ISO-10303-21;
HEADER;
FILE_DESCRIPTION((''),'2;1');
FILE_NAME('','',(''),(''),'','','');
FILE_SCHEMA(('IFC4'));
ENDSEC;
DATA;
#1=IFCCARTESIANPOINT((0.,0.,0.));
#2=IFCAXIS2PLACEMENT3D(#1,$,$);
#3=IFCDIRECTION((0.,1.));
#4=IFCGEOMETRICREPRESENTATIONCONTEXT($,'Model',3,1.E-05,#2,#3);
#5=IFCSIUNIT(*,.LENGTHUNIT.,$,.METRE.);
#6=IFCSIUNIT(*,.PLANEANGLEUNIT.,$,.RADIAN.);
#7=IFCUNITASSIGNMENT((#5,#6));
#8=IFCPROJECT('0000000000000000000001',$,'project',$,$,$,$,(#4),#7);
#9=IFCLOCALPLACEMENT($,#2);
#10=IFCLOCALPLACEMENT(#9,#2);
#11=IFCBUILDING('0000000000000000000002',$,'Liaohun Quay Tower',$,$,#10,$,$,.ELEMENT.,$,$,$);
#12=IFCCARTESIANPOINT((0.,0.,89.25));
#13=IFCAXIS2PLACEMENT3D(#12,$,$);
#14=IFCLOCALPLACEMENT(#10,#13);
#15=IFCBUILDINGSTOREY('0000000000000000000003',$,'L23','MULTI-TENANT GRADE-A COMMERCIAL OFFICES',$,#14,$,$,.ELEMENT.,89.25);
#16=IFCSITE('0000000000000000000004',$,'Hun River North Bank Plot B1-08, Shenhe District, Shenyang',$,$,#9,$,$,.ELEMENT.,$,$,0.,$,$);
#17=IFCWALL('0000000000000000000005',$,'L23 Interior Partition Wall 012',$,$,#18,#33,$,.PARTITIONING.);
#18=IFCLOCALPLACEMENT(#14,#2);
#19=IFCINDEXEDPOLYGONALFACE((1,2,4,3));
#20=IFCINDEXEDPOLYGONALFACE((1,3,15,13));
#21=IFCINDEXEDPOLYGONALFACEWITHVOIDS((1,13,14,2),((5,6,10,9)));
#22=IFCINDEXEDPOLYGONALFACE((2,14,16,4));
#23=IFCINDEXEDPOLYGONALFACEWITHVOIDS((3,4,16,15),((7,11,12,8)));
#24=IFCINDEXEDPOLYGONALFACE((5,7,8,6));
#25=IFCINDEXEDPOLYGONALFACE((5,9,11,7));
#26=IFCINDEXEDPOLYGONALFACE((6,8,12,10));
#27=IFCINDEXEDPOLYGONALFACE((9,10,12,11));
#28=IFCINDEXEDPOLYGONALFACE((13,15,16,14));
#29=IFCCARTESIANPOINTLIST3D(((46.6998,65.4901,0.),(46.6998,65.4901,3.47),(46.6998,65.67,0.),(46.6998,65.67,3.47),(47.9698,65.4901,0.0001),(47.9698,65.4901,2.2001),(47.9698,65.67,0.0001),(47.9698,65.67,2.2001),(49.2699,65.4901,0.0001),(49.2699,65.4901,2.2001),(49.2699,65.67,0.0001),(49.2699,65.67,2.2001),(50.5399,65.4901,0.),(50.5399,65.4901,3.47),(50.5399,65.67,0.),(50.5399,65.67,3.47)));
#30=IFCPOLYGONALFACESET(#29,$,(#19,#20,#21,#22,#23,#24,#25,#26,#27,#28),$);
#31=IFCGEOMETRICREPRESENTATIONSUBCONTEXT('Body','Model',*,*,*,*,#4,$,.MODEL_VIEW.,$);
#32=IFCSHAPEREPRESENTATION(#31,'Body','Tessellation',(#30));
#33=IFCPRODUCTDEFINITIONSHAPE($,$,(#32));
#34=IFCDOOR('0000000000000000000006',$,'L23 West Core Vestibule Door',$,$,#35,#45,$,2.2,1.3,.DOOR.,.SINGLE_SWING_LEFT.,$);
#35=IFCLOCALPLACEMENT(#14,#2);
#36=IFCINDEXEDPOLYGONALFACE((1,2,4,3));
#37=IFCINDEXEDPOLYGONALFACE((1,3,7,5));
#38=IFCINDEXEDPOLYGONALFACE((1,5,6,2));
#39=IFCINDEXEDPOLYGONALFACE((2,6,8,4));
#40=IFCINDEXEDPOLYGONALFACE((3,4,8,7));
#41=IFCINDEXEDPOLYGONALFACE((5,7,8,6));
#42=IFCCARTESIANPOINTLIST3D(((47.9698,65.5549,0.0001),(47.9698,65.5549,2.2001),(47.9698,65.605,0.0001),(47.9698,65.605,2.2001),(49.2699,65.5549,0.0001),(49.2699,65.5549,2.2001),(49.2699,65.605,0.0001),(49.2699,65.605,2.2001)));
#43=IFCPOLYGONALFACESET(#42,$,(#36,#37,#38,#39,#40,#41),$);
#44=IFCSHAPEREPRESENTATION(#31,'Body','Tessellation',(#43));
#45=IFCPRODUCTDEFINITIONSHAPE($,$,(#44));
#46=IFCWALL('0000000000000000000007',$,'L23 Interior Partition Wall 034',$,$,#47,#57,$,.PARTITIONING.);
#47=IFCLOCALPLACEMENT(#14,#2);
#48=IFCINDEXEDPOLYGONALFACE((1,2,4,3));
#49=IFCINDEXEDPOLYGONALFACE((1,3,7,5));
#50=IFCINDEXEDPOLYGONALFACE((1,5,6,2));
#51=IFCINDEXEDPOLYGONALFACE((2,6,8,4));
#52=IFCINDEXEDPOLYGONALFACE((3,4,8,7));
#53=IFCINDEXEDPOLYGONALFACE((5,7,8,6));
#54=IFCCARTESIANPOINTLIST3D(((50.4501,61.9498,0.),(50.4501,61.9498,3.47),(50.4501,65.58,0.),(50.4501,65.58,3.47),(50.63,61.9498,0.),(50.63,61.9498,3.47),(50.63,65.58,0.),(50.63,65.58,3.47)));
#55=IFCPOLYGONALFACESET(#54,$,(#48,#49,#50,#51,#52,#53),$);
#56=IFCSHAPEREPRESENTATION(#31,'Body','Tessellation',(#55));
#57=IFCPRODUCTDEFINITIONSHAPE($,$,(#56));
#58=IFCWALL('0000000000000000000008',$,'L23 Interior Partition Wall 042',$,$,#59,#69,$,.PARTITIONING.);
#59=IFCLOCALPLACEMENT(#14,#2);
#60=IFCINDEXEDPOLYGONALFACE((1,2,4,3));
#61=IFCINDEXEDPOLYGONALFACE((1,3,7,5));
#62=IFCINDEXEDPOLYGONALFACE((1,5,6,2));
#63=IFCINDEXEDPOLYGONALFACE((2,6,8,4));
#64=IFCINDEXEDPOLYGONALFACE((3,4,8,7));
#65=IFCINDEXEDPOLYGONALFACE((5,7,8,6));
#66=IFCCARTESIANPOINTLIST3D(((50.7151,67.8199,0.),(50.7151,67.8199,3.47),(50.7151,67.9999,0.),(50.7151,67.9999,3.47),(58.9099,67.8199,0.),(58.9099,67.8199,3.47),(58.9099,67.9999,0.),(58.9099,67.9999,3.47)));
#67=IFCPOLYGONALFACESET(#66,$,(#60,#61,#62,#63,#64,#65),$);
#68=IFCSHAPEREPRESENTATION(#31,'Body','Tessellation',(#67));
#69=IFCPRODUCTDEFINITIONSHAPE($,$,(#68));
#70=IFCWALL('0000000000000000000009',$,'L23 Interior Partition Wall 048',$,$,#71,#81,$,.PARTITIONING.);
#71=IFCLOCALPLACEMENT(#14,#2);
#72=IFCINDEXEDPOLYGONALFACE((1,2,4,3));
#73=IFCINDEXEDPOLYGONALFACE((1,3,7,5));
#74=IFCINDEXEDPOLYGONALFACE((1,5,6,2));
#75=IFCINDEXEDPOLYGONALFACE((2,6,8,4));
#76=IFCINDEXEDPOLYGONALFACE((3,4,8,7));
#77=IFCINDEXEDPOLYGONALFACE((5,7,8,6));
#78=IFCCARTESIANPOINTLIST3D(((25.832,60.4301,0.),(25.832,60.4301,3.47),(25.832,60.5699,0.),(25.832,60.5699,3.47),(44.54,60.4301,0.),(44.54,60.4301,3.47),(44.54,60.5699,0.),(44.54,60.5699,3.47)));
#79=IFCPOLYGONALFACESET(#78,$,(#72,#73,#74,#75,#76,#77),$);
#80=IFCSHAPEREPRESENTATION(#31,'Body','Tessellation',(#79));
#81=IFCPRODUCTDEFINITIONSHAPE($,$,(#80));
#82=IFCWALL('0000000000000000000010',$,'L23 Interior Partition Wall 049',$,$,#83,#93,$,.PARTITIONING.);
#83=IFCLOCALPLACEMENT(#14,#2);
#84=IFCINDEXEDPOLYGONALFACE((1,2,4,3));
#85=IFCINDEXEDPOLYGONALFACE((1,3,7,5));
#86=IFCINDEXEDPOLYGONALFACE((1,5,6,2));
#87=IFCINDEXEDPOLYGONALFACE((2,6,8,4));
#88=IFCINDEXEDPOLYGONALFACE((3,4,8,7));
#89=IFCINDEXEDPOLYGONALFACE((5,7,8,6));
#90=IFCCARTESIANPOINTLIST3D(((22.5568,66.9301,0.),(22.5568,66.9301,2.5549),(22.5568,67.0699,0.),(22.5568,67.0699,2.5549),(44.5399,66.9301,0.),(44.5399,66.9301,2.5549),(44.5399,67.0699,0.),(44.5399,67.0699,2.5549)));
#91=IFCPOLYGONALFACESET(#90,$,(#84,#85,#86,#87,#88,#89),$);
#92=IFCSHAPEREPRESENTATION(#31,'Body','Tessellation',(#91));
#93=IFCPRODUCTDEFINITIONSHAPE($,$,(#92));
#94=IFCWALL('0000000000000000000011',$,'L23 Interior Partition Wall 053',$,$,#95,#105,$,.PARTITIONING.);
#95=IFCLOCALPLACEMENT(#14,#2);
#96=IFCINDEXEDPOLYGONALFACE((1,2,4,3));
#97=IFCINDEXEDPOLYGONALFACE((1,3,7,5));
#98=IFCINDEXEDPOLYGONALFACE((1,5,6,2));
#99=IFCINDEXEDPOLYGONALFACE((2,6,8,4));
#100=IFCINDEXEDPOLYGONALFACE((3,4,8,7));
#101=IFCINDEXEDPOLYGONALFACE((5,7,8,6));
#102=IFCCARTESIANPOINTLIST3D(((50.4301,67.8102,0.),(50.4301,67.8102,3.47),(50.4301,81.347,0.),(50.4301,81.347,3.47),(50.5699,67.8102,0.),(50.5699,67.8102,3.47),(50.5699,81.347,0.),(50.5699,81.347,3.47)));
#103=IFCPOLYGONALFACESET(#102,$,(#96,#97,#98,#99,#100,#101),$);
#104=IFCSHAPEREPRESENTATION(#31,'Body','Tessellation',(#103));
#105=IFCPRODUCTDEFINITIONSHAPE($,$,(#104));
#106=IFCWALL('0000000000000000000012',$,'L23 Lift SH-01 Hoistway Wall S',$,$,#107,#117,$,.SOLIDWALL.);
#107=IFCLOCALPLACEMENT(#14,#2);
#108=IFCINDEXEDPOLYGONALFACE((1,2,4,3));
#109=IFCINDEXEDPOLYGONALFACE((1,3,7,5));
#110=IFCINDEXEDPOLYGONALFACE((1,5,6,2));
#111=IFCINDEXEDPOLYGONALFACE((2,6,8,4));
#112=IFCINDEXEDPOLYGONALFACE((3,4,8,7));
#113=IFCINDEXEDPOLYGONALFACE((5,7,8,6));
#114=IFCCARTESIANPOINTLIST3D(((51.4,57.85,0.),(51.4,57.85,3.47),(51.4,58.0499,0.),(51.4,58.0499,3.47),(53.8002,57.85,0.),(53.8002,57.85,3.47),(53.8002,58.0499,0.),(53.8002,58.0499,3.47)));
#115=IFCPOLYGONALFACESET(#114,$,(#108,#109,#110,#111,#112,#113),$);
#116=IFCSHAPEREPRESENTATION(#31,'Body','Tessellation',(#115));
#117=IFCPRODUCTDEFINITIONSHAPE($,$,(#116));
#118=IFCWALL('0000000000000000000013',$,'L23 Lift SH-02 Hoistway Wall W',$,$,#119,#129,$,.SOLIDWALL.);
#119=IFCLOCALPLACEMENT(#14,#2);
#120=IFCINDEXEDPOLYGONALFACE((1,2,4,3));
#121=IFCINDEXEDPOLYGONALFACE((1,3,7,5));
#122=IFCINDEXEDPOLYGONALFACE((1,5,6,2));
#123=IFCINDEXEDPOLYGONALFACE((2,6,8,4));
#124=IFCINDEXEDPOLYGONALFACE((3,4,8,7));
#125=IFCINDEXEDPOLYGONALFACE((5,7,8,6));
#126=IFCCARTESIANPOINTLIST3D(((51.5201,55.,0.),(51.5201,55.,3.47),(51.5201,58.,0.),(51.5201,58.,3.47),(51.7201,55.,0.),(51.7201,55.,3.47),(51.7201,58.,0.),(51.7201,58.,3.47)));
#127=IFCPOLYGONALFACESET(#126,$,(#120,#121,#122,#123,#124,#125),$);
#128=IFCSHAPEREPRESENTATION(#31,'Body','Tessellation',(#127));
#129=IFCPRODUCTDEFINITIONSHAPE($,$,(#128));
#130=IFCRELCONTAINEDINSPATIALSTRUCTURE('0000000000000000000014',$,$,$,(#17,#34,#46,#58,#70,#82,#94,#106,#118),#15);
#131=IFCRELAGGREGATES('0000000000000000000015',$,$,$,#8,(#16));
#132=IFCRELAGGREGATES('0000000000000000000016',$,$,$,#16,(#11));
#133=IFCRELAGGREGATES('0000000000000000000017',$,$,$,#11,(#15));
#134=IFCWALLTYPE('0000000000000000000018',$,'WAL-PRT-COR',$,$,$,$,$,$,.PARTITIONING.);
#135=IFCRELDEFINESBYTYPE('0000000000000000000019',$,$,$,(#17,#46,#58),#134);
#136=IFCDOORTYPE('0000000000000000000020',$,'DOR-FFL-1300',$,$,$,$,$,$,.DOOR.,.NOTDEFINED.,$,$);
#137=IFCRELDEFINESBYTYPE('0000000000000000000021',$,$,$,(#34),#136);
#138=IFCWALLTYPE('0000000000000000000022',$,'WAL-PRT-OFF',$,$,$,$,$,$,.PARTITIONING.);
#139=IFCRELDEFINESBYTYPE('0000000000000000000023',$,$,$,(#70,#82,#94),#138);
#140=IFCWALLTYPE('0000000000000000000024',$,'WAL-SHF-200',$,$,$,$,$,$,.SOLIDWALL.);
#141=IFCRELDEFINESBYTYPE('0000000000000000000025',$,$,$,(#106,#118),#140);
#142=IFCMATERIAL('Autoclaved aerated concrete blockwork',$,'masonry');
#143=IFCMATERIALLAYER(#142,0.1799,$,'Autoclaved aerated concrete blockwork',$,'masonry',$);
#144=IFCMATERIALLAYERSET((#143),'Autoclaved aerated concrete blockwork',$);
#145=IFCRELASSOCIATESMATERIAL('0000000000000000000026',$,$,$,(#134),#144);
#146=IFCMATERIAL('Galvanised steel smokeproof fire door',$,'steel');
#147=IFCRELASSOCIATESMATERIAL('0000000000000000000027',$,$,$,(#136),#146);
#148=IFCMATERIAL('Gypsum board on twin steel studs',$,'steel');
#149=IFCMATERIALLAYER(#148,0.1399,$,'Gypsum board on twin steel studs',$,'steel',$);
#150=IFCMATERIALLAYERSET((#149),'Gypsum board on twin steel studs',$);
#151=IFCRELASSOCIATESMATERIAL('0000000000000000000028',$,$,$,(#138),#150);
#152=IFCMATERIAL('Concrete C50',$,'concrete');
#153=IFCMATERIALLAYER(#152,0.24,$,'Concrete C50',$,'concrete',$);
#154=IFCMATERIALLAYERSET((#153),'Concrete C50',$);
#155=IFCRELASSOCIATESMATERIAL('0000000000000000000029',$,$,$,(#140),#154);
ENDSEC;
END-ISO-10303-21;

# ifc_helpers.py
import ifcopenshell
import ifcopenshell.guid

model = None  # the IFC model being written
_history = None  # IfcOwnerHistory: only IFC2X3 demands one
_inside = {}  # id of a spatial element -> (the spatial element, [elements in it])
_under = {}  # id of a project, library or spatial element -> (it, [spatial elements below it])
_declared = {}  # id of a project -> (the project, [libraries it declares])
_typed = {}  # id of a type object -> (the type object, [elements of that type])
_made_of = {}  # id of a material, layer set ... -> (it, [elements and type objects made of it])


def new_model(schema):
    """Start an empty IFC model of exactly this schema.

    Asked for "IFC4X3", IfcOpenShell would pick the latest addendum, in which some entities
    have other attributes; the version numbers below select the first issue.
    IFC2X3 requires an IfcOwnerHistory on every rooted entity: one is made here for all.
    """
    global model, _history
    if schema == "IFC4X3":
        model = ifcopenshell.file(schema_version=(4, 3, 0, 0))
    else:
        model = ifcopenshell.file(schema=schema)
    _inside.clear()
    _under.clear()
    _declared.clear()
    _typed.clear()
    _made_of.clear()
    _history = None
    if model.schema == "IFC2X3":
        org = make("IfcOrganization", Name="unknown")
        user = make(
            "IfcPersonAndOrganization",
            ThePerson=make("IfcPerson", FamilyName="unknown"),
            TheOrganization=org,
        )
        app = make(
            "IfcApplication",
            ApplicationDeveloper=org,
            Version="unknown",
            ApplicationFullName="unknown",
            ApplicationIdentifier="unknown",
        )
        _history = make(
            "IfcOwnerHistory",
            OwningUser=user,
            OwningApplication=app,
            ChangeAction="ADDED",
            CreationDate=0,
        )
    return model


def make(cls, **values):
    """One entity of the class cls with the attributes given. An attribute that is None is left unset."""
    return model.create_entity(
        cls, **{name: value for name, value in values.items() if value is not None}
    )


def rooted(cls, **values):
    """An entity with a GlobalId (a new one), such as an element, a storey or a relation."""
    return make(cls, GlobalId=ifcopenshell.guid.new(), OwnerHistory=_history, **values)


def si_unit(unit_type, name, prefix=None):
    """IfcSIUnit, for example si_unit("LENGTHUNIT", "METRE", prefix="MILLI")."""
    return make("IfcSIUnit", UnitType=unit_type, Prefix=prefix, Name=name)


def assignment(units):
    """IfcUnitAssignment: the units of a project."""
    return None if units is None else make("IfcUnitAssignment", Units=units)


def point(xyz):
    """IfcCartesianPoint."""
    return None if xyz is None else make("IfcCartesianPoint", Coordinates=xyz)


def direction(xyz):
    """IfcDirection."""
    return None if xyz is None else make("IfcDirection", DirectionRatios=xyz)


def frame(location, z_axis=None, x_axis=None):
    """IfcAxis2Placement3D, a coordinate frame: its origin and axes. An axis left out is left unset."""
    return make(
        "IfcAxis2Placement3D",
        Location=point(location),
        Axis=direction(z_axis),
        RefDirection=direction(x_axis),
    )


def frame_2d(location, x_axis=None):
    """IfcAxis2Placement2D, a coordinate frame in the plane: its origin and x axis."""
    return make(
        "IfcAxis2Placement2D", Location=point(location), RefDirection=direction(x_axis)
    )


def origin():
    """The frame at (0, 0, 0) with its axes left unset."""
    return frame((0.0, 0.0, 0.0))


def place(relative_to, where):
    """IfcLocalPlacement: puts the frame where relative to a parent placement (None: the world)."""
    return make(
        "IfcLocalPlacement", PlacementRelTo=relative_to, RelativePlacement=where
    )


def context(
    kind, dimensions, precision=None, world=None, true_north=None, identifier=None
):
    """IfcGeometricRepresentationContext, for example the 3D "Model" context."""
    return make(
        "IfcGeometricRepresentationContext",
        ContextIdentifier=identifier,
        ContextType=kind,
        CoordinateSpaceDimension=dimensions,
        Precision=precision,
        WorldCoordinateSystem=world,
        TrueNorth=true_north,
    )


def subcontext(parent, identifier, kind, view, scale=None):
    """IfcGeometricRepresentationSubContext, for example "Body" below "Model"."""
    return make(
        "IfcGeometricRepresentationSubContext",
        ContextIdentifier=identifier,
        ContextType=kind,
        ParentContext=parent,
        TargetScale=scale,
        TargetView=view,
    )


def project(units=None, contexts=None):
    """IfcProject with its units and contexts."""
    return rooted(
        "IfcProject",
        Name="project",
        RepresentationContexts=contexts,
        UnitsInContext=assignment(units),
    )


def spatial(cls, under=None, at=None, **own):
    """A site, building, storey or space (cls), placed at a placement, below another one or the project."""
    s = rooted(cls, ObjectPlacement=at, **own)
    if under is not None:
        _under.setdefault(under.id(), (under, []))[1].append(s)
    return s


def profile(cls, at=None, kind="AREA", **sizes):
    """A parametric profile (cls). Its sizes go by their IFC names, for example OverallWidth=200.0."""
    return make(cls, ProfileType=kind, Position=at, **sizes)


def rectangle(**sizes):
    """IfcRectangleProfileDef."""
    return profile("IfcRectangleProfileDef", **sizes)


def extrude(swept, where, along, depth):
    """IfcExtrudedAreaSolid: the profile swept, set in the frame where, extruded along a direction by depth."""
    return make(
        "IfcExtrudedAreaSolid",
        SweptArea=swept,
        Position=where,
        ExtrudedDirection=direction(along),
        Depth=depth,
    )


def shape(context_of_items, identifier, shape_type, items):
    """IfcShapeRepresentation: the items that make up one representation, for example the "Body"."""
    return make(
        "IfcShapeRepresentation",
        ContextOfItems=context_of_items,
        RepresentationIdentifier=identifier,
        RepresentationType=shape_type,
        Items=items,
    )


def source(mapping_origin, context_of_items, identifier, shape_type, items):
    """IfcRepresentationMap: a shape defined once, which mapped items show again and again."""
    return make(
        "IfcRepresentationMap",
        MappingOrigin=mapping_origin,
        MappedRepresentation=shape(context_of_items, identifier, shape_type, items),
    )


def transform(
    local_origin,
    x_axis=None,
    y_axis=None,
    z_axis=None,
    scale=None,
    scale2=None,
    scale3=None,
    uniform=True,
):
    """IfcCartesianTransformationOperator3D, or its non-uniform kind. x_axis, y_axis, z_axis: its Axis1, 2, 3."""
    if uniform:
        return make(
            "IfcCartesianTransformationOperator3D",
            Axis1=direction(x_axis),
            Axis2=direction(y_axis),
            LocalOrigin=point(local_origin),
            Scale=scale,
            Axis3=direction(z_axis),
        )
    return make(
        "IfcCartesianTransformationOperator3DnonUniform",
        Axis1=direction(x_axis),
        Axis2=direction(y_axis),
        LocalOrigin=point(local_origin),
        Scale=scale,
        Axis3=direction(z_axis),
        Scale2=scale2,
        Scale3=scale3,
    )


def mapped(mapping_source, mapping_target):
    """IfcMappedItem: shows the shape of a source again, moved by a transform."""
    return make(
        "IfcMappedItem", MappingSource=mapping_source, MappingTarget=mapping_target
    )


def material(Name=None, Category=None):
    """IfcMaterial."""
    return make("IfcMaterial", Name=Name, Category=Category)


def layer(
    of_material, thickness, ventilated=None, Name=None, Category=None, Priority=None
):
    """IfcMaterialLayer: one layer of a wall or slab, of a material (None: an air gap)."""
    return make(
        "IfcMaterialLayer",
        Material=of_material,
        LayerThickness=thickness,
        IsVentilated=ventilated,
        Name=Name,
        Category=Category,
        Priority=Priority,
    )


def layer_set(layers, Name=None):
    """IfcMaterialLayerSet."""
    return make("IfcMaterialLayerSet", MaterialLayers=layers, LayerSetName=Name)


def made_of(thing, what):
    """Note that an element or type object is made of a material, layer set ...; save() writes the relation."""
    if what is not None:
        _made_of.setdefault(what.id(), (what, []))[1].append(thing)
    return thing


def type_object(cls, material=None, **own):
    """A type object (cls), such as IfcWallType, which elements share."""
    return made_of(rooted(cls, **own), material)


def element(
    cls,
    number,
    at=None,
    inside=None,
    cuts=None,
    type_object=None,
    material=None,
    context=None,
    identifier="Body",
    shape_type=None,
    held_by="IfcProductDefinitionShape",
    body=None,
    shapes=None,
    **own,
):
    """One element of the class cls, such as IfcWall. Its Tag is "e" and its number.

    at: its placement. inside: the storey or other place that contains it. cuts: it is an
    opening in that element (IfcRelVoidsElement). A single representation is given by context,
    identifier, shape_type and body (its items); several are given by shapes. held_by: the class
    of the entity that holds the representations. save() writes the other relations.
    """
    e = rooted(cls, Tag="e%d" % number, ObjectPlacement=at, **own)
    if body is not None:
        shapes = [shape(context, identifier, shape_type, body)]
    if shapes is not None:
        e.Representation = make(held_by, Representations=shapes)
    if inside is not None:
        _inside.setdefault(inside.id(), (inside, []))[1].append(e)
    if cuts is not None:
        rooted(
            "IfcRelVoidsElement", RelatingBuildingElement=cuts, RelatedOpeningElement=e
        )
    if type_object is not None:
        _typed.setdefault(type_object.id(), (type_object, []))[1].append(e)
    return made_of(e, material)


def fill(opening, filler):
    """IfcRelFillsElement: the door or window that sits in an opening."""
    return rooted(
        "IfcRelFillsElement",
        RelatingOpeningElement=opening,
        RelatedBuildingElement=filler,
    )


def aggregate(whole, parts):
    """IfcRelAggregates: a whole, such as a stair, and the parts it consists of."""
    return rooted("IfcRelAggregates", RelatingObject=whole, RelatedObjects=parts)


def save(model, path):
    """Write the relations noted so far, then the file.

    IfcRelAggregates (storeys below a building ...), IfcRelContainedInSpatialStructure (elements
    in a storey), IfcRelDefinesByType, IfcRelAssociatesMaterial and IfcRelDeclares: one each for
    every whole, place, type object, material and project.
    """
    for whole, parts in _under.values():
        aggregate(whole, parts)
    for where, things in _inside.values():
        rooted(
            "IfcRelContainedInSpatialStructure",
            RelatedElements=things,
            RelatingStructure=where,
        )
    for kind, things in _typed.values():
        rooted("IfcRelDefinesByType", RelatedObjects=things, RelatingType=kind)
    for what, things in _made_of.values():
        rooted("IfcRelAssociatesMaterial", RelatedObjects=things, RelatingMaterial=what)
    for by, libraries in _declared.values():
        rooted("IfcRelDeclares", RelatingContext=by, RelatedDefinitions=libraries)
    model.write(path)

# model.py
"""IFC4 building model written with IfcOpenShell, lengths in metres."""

from ifc_helpers import new_model, si_unit, direction, frame, frame_2d, origin, place, context, subcontext, project, spatial, rectangle, extrude, source, transform, mapped, material, layer, layer_set, type_object, element, fill, save


model = new_model("IFC4")

# Units and contexts
model_context = context("Model", 3, precision=1e-05, world=origin(), true_north=direction((0.0, 1.0)))
body_context = subcontext(model_context, "Body", "Model", "MODEL_VIEW")
ifc_project = project(units=[si_unit("LENGTHUNIT", "METRE"), si_unit("PLANEANGLEUNIT", "RADIAN")], contexts=[model_context])

# Site, building, storey
site_placement = place(None, origin())
site = spatial("IfcSite", under=ifc_project, at=site_placement, Name="Hun River North Bank Plot B1-08, Shenhe District, Shenyang", CompositionType="ELEMENT", RefElevation=0.0)
building_placement = place(site_placement, origin())
building = spatial("IfcBuilding", under=site, at=building_placement, Name="Liaohun Quay Tower", CompositionType="ELEMENT")
storey_placement = place(building_placement, frame((0.0, 0.0, 89.25)))
storey = spatial("IfcBuildingStorey", under=building, at=storey_placement, Name="L23", Description="MULTI-TENANT GRADE-A COMMERCIAL OFFICES", CompositionType="ELEMENT", Elevation=89.25)

# Wall, opening, door
ifc_material_1 = material(Name="Autoclaved aerated concrete blockwork", Category="masonry")
ifc_layer_1 = layer(ifc_material_1, 0.1799, Name="Autoclaved aerated concrete blockwork", Category="masonry")
ifc_layer_set_1 = layer_set([ifc_layer_1], Name="Autoclaved aerated concrete blockwork")
wall_type_1 = type_object("IfcWallType", Name="WAL-PRT-COR", PredefinedType="PARTITIONING", material=ifc_layer_set_1)
wall_1_placement = place(storey_placement, frame((46.7, 65.5801, 0.0), z_axis=(0.0, 0.0, 1.0), x_axis=(1.0, 0.0, 0.0)))
wall_1 = element("IfcWall", 1, at=wall_1_placement, inside=storey, type_object=wall_type_1, Name="L23 Interior Partition Wall 012", PredefinedType="PARTITIONING", context=body_context, shape_type="SweptSolid", body=[
    extrude(rectangle(XDim=3.8401, YDim=0.1799, at=frame_2d((1.9199, 0.0))), origin(), (0.0, 0.0, 1.0), 3.47),
])
shared_shape_1 = source(origin(), body_context, "Body", "SweptSolid", [
    extrude(rectangle(XDim=1.3, YDim=2.2, at=frame_2d((0.6499, 1.1001))), frame((0.0, 0.0999, 0.0), z_axis=(0.0, -1.0, 0.0), x_axis=(1.0, 0.0, 0.0)), (0.0, 0.0, 1.0), 0.2),
])
opening_1_placement = place(wall_1_placement, frame((1.27, 0.0, 0.0)))
opening_1 = element("IfcOpeningElement", 2, at=opening_1_placement, cuts=wall_1, PredefinedType="OPENING", context=body_context, shape_type="MappedRepresentation", body=[
    mapped(shared_shape_1, transform((0.0, 0.0, 0.0), x_axis=(1.0, 0.0, 0.0), y_axis=(0.0, 1.0, 0.0), z_axis=(0.0, 0.0, 1.0), scale=1.0)),
])
ifc_material_2 = material(Name="Galvanised steel smokeproof fire door", Category="steel")
door_type_1 = type_object("IfcDoorType", Name="DOR-FFL-1300", OperationType="NOTDEFINED", PredefinedType="DOOR", material=ifc_material_2)
shared_shape_2 = source(origin(), body_context, "Body", "SweptSolid", [
    extrude(rectangle(XDim=1.3, YDim=2.2, at=frame_2d((0.6499, 1.1001))), frame((0.0, 0.0249, 0.0), z_axis=(0.0, -1.0, 0.0), x_axis=(1.0, 0.0, 0.0)), (0.0, 0.0, 1.0), 0.05),
])
door_1_placement = place(opening_1_placement, origin())
door_1 = element("IfcDoor", 3, at=door_1_placement, inside=storey, type_object=door_type_1, Name="L23 West Core Vestibule Door", OperationType="SINGLE_SWING_LEFT", OverallHeight=2.2, OverallWidth=1.3, PredefinedType="DOOR", context=body_context, shape_type="MappedRepresentation", body=[
    mapped(shared_shape_2, transform((0.0, 0.0, 0.0), x_axis=(1.0, 0.0, 0.0), y_axis=(0.0, 1.0, 0.0), z_axis=(0.0, 0.0, 1.0), scale=1.0)),
])
fill(opening_1, door_1)

# Walls
wall_2_placement = place(storey_placement, frame((50.54, 61.95, 0.0), z_axis=(0.0, 0.0, 1.0), x_axis=(0.0, 1.0, 0.0)))
element("IfcWall", 4, at=wall_2_placement, inside=storey, type_object=wall_type_1, Name="L23 Interior Partition Wall 034", PredefinedType="PARTITIONING", context=body_context, shape_type="SweptSolid", body=[
    extrude(rectangle(XDim=3.6301, YDim=0.1799, at=frame_2d((1.8149, 0.0))), origin(), (0.0, 0.0, 1.0), 3.47),
])
wall_3_placement = place(storey_placement, frame((50.7151, 67.9099, 0.0), z_axis=(0.0, 0.0, 1.0), x_axis=(1.0, 0.0, 0.0)))
element("IfcWall", 5, at=wall_3_placement, inside=storey, type_object=wall_type_1, Name="L23 Interior Partition Wall 042", PredefinedType="PARTITIONING", context=body_context, shape_type="SweptSolid", body=[
    extrude(rectangle(XDim=8.1948, YDim=0.1799, at=frame_2d((4.0974, 0.0))), origin(), (0.0, 0.0, 1.0), 3.47),
])
ifc_material_3 = material(Name="Gypsum board on twin steel studs", Category="steel")
ifc_layer_2 = layer(ifc_material_3, 0.1399, Name="Gypsum board on twin steel studs", Category="steel")
ifc_layer_set_2 = layer_set([ifc_layer_2], Name="Gypsum board on twin steel studs")
wall_type_2 = type_object("IfcWallType", Name="WAL-PRT-OFF", PredefinedType="PARTITIONING", material=ifc_layer_set_2)
wall_4_placement = place(storey_placement, frame((44.54, 60.5, 0.0), z_axis=(0.0, 0.0, 1.0), x_axis=(-1.0, 0.0, 0.0)))
element("IfcWall", 6, at=wall_4_placement, inside=storey, type_object=wall_type_2, Name="L23 Interior Partition Wall 048", PredefinedType="PARTITIONING", context=body_context, shape_type="SweptSolid", body=[
    extrude(rectangle(XDim=18.708, YDim=0.1399, at=frame_2d((9.354, 0.0))), origin(), (0.0, 0.0, 1.0), 3.47),
])
wall_5_placement = place(storey_placement, frame((44.54, 67.0, 0.0), z_axis=(0.0, 0.0, 1.0), x_axis=(-1.0, 0.0, 0.0)))
element("IfcWall", 7, at=wall_5_placement, inside=storey, type_object=wall_type_2, Name="L23 Interior Partition Wall 049", PredefinedType="PARTITIONING", context=body_context, shape_type="SweptSolid", body=[
    extrude(rectangle(XDim=21.9832, YDim=0.1399, at=frame_2d((10.9917, 0.0))), origin(), (0.0, 0.0, 1.0), 2.5549),
])
wall_6_placement = place(storey_placement, frame((50.5, 67.8101, 0.0), z_axis=(0.0, 0.0, 1.0), x_axis=(0.0, 1.0, 0.0)))
element("IfcWall", 8, at=wall_6_placement, inside=storey, type_object=wall_type_2, Name="L23 Interior Partition Wall 053", PredefinedType="PARTITIONING", context=body_context, shape_type="SweptSolid", body=[
    extrude(rectangle(XDim=13.5369, YDim=0.1399, at=frame_2d((6.7686, 0.0))), origin(), (0.0, 0.0, 1.0), 3.47),
])
ifc_material_4 = material(Name="Concrete C50", Category="concrete")
ifc_layer_3 = layer(ifc_material_4, 0.24, Name="Concrete C50", Category="concrete")
ifc_layer_set_3 = layer_set([ifc_layer_3], Name="Concrete C50")
wall_type_3 = type_object("IfcWallType", Name="WAL-SHF-200", PredefinedType="SOLIDWALL", material=ifc_layer_set_3)
wall_7_placement = place(storey_placement, frame((51.3999, 57.95, 0.0), z_axis=(0.0, 0.0, 1.0), x_axis=(1.0, 0.0, 0.0)))
element("IfcWall", 9, at=wall_7_placement, inside=storey, type_object=wall_type_3, Name="L23 Lift SH-01 Hoistway Wall S", PredefinedType="SOLIDWALL", context=body_context, shape_type="SweptSolid", body=[
    extrude(rectangle(XDim=2.4001, YDim=0.2, at=frame_2d((1.2002, 0.0))), origin(), (0.0, 0.0, 1.0), 3.47),
])
wall_8_placement = place(storey_placement, frame((51.6201, 58.0, 0.0), z_axis=(0.0, 0.0, 1.0), x_axis=(0.0, -1.0, 0.0)))
element("IfcWall", 10, at=wall_8_placement, inside=storey, type_object=wall_type_3, Name="L23 Lift SH-02 Hoistway Wall W", PredefinedType="SOLIDWALL", context=body_context, shape_type="SweptSolid", body=[
    extrude(rectangle(XDim=3.0, YDim=0.2, at=frame_2d((1.5, 0.0))), origin(), (0.0, 0.0, 1.0), 3.47),
])

save(model, "model.ifc")
